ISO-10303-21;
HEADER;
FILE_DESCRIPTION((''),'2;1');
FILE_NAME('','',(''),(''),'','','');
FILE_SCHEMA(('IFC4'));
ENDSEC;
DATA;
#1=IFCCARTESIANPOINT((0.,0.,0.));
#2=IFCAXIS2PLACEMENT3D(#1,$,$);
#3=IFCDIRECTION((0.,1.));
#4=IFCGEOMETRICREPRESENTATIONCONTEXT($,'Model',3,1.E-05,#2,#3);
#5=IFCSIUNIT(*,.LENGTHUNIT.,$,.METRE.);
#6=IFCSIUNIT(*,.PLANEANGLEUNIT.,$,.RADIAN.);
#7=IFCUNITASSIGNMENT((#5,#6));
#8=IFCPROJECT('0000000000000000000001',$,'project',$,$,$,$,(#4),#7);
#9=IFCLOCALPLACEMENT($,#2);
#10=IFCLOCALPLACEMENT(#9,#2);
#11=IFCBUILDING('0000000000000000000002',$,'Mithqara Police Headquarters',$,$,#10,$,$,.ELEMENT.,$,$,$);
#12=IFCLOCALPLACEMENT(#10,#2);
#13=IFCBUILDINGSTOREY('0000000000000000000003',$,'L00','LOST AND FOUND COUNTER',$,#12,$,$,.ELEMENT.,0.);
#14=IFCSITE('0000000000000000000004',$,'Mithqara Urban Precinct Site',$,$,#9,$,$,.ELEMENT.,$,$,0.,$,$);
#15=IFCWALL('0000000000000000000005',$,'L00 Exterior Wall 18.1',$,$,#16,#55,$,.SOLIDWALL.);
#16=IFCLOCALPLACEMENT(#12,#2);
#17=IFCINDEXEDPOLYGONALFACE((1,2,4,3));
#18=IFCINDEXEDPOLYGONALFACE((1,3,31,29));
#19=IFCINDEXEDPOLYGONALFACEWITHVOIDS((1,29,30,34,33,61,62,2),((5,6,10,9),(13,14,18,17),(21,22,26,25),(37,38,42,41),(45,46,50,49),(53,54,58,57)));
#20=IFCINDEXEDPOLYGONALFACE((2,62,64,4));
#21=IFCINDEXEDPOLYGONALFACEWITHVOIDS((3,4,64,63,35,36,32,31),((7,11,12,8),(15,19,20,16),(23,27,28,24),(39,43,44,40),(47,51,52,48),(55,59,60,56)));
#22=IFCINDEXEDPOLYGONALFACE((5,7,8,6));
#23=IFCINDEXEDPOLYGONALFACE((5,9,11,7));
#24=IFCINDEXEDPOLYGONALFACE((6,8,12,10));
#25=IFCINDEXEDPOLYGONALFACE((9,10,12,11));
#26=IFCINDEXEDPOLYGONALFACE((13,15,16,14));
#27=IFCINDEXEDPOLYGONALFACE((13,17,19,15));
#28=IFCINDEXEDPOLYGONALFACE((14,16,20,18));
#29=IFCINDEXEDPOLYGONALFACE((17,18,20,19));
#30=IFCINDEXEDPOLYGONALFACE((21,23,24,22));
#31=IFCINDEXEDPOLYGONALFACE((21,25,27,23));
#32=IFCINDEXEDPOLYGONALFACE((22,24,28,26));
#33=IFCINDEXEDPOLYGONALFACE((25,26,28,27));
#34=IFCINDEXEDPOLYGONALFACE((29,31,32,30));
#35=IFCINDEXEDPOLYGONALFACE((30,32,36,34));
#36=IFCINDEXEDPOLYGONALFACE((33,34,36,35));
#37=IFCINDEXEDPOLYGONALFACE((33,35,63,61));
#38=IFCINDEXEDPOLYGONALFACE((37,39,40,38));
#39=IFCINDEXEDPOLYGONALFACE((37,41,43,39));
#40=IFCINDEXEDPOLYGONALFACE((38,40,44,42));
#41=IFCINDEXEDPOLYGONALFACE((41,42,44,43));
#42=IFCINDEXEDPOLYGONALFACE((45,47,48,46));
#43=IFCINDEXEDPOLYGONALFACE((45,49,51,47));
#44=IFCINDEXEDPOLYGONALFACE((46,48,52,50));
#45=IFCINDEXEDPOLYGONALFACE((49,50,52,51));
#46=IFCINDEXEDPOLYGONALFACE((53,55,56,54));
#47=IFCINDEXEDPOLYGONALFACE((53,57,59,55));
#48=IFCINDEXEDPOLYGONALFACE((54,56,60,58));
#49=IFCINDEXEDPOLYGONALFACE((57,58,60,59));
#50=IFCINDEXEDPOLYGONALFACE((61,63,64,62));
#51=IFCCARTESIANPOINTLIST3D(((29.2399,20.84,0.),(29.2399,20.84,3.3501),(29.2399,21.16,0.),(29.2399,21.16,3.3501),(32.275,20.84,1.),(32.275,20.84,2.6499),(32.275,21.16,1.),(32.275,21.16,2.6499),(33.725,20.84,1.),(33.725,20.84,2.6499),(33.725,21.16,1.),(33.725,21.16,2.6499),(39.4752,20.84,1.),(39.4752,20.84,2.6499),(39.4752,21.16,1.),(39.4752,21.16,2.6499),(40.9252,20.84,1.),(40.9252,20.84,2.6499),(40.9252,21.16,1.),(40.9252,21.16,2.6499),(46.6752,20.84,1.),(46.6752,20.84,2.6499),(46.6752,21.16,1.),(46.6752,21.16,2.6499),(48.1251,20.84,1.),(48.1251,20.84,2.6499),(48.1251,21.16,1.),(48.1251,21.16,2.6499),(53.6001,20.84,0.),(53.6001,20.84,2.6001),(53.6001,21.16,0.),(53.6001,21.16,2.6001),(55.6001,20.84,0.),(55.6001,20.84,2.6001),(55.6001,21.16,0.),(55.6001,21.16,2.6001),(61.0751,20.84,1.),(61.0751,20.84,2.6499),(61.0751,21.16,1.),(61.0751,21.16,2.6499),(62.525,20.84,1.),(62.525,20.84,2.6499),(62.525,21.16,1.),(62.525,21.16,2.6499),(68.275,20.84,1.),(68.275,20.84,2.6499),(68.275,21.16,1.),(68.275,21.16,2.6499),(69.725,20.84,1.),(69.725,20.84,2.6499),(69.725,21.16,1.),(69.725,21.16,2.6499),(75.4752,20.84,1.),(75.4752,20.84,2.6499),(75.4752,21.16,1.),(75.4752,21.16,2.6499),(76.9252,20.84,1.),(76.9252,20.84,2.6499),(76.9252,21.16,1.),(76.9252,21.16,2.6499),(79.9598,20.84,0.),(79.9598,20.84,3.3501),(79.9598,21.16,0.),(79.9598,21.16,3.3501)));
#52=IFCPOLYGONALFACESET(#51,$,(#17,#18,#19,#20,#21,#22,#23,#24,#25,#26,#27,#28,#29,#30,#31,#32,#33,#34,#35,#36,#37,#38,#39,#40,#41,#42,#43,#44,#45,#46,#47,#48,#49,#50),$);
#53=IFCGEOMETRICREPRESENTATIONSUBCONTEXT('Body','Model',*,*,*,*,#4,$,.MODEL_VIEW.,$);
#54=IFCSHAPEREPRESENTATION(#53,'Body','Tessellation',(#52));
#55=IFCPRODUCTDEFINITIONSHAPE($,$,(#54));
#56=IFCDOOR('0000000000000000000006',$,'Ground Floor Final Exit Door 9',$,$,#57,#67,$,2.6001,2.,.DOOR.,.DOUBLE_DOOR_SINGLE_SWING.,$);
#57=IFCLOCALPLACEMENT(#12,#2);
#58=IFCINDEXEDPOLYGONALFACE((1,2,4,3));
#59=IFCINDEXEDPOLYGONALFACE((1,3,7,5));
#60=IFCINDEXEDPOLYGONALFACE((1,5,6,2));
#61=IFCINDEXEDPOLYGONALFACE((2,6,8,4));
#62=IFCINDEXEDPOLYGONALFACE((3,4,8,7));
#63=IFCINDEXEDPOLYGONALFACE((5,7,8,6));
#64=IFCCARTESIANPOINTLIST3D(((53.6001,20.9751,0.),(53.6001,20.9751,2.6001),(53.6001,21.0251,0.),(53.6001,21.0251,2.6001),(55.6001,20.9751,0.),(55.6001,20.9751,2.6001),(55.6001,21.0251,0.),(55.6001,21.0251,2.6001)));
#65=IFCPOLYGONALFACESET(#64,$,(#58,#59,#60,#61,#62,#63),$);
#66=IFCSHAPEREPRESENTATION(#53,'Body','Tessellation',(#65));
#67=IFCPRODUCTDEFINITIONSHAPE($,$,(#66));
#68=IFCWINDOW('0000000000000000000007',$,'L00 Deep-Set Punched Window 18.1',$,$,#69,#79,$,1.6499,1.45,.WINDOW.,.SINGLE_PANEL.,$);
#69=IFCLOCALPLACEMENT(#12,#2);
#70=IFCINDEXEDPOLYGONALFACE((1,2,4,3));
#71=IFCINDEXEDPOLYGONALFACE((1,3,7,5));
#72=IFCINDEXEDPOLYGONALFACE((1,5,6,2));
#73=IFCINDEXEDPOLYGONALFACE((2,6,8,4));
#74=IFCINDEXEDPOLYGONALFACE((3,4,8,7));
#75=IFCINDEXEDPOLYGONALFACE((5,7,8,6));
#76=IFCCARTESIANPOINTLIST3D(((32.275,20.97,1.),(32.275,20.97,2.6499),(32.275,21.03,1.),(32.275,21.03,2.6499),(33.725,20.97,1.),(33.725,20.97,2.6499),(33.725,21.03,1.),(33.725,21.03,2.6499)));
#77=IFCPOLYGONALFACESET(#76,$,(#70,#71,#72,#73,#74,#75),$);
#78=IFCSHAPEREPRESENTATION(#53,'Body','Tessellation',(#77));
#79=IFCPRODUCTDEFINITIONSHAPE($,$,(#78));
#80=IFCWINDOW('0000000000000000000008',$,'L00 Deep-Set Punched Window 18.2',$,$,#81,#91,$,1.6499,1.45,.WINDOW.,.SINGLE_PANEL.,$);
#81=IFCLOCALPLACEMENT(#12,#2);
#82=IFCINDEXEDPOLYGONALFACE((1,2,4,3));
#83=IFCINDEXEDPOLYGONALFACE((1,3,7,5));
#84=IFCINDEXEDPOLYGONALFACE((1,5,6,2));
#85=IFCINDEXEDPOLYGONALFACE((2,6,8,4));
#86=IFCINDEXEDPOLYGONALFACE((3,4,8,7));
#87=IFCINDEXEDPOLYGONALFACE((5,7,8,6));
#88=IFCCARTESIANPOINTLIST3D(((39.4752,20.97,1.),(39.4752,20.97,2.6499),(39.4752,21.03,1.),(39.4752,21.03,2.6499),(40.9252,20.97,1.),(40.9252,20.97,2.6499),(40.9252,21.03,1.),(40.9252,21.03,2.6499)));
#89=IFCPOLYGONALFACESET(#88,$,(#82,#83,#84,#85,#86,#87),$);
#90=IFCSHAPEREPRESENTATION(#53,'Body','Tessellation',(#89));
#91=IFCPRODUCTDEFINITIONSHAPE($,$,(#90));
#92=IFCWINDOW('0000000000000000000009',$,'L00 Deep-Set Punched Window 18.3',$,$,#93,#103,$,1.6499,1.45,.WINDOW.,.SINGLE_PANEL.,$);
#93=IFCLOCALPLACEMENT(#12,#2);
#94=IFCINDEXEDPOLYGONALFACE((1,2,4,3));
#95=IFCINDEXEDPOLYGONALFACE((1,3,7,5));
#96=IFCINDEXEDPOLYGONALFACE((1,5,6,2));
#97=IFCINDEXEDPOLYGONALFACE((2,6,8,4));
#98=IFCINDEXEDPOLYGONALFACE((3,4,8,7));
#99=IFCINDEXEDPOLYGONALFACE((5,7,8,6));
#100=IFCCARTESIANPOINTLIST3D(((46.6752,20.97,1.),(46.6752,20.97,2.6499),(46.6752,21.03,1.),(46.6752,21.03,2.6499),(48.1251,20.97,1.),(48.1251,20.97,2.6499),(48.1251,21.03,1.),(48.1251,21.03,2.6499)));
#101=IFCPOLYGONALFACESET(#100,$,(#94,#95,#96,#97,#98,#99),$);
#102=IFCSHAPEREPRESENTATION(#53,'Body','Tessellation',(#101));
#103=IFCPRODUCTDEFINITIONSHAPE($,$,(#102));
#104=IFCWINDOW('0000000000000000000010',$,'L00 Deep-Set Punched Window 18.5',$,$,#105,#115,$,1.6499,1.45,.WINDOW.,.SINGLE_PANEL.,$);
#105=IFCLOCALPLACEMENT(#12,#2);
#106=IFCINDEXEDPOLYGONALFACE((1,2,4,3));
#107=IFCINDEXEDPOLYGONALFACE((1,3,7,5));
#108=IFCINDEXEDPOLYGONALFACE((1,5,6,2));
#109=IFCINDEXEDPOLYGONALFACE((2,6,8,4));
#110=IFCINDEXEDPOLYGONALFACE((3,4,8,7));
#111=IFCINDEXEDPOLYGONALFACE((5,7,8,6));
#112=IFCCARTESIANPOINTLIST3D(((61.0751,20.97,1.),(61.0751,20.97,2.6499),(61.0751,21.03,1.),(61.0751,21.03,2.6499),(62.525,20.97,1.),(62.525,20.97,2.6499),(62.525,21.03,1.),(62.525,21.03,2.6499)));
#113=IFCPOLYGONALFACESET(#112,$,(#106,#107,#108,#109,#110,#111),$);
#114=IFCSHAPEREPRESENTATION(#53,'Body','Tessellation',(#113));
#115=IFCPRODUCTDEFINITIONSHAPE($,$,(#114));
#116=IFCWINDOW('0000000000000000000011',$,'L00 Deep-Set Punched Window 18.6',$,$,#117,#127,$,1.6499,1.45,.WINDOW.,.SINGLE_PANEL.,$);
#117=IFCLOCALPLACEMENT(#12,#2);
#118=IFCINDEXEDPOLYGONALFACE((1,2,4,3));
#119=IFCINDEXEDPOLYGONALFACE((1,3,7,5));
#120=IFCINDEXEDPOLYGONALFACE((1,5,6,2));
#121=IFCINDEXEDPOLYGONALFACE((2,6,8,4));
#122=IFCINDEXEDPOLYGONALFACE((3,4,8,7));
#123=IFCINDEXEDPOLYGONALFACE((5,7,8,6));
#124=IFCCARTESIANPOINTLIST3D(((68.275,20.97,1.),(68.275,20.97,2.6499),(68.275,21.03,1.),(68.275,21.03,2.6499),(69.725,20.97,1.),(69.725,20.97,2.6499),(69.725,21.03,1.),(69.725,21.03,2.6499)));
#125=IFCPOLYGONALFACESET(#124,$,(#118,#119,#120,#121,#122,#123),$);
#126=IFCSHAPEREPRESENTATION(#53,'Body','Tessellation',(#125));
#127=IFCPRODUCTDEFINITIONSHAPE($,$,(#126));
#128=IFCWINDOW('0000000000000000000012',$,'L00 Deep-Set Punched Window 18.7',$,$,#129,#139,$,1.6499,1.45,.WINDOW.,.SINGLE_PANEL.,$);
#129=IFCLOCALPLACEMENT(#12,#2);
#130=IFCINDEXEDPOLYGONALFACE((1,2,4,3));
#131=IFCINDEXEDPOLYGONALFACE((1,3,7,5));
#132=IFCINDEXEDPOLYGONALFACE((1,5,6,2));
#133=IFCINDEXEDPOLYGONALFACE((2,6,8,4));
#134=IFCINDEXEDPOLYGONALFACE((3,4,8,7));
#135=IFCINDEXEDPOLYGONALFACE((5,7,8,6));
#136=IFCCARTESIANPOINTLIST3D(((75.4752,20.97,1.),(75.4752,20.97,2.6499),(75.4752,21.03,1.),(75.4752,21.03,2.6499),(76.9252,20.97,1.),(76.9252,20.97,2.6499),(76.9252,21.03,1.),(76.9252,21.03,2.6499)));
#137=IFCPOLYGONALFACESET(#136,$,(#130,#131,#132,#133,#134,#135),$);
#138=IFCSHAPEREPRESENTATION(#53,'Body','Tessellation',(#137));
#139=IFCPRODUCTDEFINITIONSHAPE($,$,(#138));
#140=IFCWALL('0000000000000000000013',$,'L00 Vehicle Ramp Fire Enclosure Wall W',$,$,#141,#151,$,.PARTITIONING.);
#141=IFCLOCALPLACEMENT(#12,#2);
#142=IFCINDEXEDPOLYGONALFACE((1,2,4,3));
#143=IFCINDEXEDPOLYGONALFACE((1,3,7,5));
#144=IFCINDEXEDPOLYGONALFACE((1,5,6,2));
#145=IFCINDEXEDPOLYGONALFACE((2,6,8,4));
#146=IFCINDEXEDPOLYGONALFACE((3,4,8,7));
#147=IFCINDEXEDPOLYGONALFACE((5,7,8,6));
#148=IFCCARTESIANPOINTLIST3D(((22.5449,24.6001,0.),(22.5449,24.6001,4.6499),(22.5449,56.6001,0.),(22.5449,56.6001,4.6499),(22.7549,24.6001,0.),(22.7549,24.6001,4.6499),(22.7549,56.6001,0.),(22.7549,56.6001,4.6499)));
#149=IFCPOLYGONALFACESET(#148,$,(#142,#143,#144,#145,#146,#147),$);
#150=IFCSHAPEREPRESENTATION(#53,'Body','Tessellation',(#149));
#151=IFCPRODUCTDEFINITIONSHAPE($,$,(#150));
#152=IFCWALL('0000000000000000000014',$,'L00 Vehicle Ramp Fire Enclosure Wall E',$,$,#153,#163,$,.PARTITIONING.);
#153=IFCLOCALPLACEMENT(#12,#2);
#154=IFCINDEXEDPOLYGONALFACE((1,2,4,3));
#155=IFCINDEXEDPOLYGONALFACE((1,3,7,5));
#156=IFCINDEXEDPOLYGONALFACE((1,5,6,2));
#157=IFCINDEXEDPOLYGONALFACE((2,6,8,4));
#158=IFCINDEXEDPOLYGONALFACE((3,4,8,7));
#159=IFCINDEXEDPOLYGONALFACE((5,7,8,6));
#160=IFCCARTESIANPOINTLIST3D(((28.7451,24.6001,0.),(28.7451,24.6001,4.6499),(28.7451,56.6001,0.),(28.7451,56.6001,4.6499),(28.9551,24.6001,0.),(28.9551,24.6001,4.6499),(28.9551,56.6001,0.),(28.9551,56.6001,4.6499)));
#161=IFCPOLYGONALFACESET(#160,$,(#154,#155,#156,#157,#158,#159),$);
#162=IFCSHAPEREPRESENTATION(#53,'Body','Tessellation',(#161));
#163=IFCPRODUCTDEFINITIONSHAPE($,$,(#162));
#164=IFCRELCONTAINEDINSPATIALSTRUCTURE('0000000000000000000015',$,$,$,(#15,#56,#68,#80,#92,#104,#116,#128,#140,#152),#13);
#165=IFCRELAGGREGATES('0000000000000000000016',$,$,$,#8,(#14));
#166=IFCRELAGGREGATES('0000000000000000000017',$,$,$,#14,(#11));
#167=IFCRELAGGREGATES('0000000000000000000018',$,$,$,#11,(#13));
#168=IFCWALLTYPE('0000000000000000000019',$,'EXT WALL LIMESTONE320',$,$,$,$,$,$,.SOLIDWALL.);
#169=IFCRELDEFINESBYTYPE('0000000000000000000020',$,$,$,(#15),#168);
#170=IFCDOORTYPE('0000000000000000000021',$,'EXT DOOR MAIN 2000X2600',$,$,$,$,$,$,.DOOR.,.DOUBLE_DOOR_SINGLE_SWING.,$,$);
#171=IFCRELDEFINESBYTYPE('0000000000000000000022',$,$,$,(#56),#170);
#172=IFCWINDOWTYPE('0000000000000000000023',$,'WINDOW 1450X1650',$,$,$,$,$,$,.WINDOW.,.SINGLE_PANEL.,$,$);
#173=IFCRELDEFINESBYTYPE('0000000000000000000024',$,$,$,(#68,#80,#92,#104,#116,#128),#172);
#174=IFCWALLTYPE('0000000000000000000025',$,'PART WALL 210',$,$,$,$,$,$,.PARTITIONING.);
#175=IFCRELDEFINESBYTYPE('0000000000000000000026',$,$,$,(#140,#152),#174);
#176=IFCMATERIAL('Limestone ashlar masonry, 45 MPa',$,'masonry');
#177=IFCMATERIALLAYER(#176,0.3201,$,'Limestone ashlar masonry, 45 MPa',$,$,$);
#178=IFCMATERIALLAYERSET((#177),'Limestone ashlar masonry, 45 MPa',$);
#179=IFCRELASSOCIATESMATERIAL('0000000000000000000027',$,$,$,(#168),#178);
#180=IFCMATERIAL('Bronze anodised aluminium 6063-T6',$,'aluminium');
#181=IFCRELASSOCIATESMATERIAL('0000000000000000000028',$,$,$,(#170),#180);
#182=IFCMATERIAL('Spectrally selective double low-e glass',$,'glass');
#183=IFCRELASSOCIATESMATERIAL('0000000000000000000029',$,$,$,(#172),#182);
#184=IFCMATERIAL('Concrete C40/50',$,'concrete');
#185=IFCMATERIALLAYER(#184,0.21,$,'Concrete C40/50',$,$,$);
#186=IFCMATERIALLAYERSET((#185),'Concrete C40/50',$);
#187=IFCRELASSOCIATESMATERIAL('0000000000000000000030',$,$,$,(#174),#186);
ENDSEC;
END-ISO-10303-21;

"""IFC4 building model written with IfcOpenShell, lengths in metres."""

from ifc_helpers import new_model, si_unit, direction, frame, frame_2d, origin, place, context, subcontext, project, spatial, rectangle, extrude, material, layer, layer_set, type_object, element, fill, save


model = new_model("IFC4")

# Units and contexts
model_context = context("Model", 3, precision=1e-05, world=origin(), true_north=direction((0.0, 1.0)))
body_context = subcontext(model_context, "Body", "Model", "MODEL_VIEW")
ifc_project = project(units=[si_unit("LENGTHUNIT", "METRE"), si_unit("PLANEANGLEUNIT", "RADIAN")], contexts=[model_context])

# Site, building, storey
site_placement = place(None, origin())
site = spatial("IfcSite", under=ifc_project, at=site_placement, Name="Mithqara Urban Precinct Site", CompositionType="ELEMENT", RefElevation=0.0)
building_placement = place(site_placement, origin())
building = spatial("IfcBuilding", under=site, at=building_placement, Name="Mithqara Police Headquarters", CompositionType="ELEMENT")
storey_placement = place(building_placement, origin())
storey = spatial("IfcBuildingStorey", under=building, at=storey_placement, Name="L00", Description="LOST AND FOUND COUNTER", CompositionType="ELEMENT", Elevation=0.0)

# Shared definitions
ifc_material_1 = material(Name="Concrete C40/50", Category="concrete")

# Wall, openings, door, windows
ifc_material_2 = material(Name="Limestone ashlar masonry, 45 MPa", Category="masonry")
ifc_layer_1 = layer(ifc_material_2, 0.3201, Name="Limestone ashlar masonry, 45 MPa")
ifc_layer_set_1 = layer_set([ifc_layer_1], Name="Limestone ashlar masonry, 45 MPa")
wall_type_1 = type_object("IfcWallType", Name="EXT WALL LIMESTONE320", PredefinedType="SOLIDWALL", material=ifc_layer_set_1)
wall_1_placement = place(storey_placement, frame((29.24, 21.0, 0.0), z_axis=(0.0, 0.0, 1.0), x_axis=(1.0, 0.0, 0.0)))
wall_1 = element("IfcWall", 1, at=wall_1_placement, inside=storey, type_object=wall_type_1, Name="L00 Exterior Wall 18.1", PredefinedType="SOLIDWALL", context=body_context, shape_type="SweptSolid", body=[
    extrude(rectangle(XDim=50.72, YDim=0.3201, at=frame_2d((25.3599, 0.0))), origin(), (0.0, 0.0, 1.0), 3.3501),
])
opening_1_placement = place(wall_1_placement, frame((24.3601, 0.0, 0.0)))
opening_1 = element("IfcOpeningElement", 2, at=opening_1_placement, cuts=wall_1, PredefinedType="OPENING", context=body_context, shape_type="SweptSolid", body=[
    extrude(rectangle(XDim=2.0, YDim=2.6001, at=frame_2d((1.0, 1.3))), frame((0.0, 0.1699, 0.0), z_axis=(0.0, -1.0, 0.0), x_axis=(1.0, 0.0, 0.0)), (0.0, 0.0, 1.0), 0.3401),
])
opening_2_placement = place(wall_1_placement, frame((3.0349, 0.0, 1.0)))
opening_2 = element("IfcOpeningElement", 3, at=opening_2_placement, cuts=wall_1, PredefinedType="OPENING", context=body_context, shape_type="SweptSolid", body=[
    extrude(rectangle(XDim=1.45, YDim=1.6499, at=frame_2d((0.7251, 0.825))), frame((0.0, 0.1699, 0.0), z_axis=(0.0, -1.0, 0.0), x_axis=(1.0, 0.0, 0.0)), (0.0, 0.0, 1.0), 0.3401),
])
opening_3_placement = place(wall_1_placement, frame((10.2351, 0.0, 1.0)))
opening_3 = element("IfcOpeningElement", 4, at=opening_3_placement, cuts=wall_1, PredefinedType="OPENING", context=body_context, shape_type="SweptSolid", body=[
    extrude(rectangle(XDim=1.45, YDim=1.6499, at=frame_2d((0.7251, 0.825))), frame((0.0, 0.1699, 0.0), z_axis=(0.0, -1.0, 0.0), x_axis=(1.0, 0.0, 0.0)), (0.0, 0.0, 1.0), 0.3401),
])
opening_4_placement = place(wall_1_placement, frame((17.4351, 0.0, 1.0)))
opening_4 = element("IfcOpeningElement", 5, at=opening_4_placement, cuts=wall_1, PredefinedType="OPENING", context=body_context, shape_type="SweptSolid", body=[
    extrude(rectangle(XDim=1.45, YDim=1.6499, at=frame_2d((0.7251, 0.825))), frame((0.0, 0.1699, 0.0), z_axis=(0.0, -1.0, 0.0), x_axis=(1.0, 0.0, 0.0)), (0.0, 0.0, 1.0), 0.3401),
])
opening_5_placement = place(wall_1_placement, frame((31.835, 0.0, 1.0)))
opening_5 = element("IfcOpeningElement", 6, at=opening_5_placement, cuts=wall_1, PredefinedType="OPENING", context=body_context, shape_type="SweptSolid", body=[
    extrude(rectangle(XDim=1.45, YDim=1.6499, at=frame_2d((0.7251, 0.825))), frame((0.0, 0.1699, 0.0), z_axis=(0.0, -1.0, 0.0), x_axis=(1.0, 0.0, 0.0)), (0.0, 0.0, 1.0), 0.3401),
])
opening_6_placement = place(wall_1_placement, frame((39.0349, 0.0, 1.0)))
opening_6 = element("IfcOpeningElement", 7, at=opening_6_placement, cuts=wall_1, PredefinedType="OPENING", context=body_context, shape_type="SweptSolid", body=[
    extrude(rectangle(XDim=1.45, YDim=1.6499, at=frame_2d((0.7251, 0.825))), frame((0.0, 0.1699, 0.0), z_axis=(0.0, -1.0, 0.0), x_axis=(1.0, 0.0, 0.0)), (0.0, 0.0, 1.0), 0.3401),
])
opening_7_placement = place(wall_1_placement, frame((46.2351, 0.0, 1.0)))
opening_7 = element("IfcOpeningElement", 8, at=opening_7_placement, cuts=wall_1, PredefinedType="OPENING", context=body_context, shape_type="SweptSolid", body=[
    extrude(rectangle(XDim=1.45, YDim=1.6499, at=frame_2d((0.7251, 0.825))), frame((0.0, 0.1699, 0.0), z_axis=(0.0, -1.0, 0.0), x_axis=(1.0, 0.0, 0.0)), (0.0, 0.0, 1.0), 0.3401),
])
ifc_material_3 = material(Name="Bronze anodised aluminium 6063-T6", Category="aluminium")
door_type = type_object("IfcDoorType", Name="EXT DOOR MAIN 2000X2600", OperationType="DOUBLE_DOOR_SINGLE_SWING", PredefinedType="DOOR", material=ifc_material_3)
door_placement = place(opening_1_placement, frame((2.0, 0.0, 0.0), z_axis=(0.0, 0.0, 1.0), x_axis=(-1.0, 0.0, 0.0)))
door = element("IfcDoor", 9, at=door_placement, inside=storey, type_object=door_type, Name="Ground Floor Final Exit Door 9", OperationType="DOUBLE_DOOR_SINGLE_SWING", OverallHeight=2.6001, OverallWidth=2.0, PredefinedType="DOOR", context=body_context, shape_type="SweptSolid", body=[
    extrude(rectangle(XDim=2.0, YDim=2.6001, at=frame_2d((1.0, 1.3))), frame((0.0, 0.0249, 0.0), z_axis=(0.0, -1.0, 0.0), x_axis=(1.0, 0.0, 0.0)), (0.0, 0.0, 1.0), 0.05),
])
fill(opening_1, door)
ifc_material_4 = material(Name="Spectrally selective double low-e glass", Category="glass")
window_type = type_object("IfcWindowType", Name="WINDOW 1450X1650", PartitioningType="SINGLE_PANEL", PredefinedType="WINDOW", material=ifc_material_4)
window_1_placement = place(opening_2_placement, origin())
window_1 = element("IfcWindow", 10, at=window_1_placement, inside=storey, type_object=window_type, Name="L00 Deep-Set Punched Window 18.1", OverallHeight=1.6499, OverallWidth=1.45, PartitioningType="SINGLE_PANEL", PredefinedType="WINDOW", context=body_context, shape_type="SweptSolid", body=[
    extrude(rectangle(XDim=1.45, YDim=1.6499, at=frame_2d((0.7251, 0.825))), frame((0.0, 0.03, 0.0), z_axis=(0.0, -1.0, 0.0), x_axis=(1.0, 0.0, 0.0)), (0.0, 0.0, 1.0), 0.0601),
])
fill(opening_2, window_1)
window_2_placement = place(opening_3_placement, origin())
window_2 = element("IfcWindow", 11, at=window_2_placement, inside=storey, type_object=window_type, Name="L00 Deep-Set Punched Window 18.2", OverallHeight=1.6499, OverallWidth=1.45, PartitioningType="SINGLE_PANEL", PredefinedType="WINDOW", context=body_context, shape_type="SweptSolid", body=[
    extrude(rectangle(XDim=1.45, YDim=1.6499, at=frame_2d((0.7251, 0.825))), frame((0.0, 0.03, 0.0), z_axis=(0.0, -1.0, 0.0), x_axis=(1.0, 0.0, 0.0)), (0.0, 0.0, 1.0), 0.0601),
])
fill(opening_3, window_2)
window_3_placement = place(opening_4_placement, origin())
window_3 = element("IfcWindow", 12, at=window_3_placement, inside=storey, type_object=window_type, Name="L00 Deep-Set Punched Window 18.3", OverallHeight=1.6499, OverallWidth=1.45, PartitioningType="SINGLE_PANEL", PredefinedType="WINDOW", context=body_context, shape_type="SweptSolid", body=[
    extrude(rectangle(XDim=1.45, YDim=1.6499, at=frame_2d((0.7251, 0.825))), frame((0.0, 0.03, 0.0), z_axis=(0.0, -1.0, 0.0), x_axis=(1.0, 0.0, 0.0)), (0.0, 0.0, 1.0), 0.0601),
])
fill(opening_4, window_3)
window_4_placement = place(opening_5_placement, origin())
window_4 = element("IfcWindow", 13, at=window_4_placement, inside=storey, type_object=window_type, Name="L00 Deep-Set Punched Window 18.5", OverallHeight=1.6499, OverallWidth=1.45, PartitioningType="SINGLE_PANEL", PredefinedType="WINDOW", context=body_context, shape_type="SweptSolid", body=[
    extrude(rectangle(XDim=1.45, YDim=1.6499, at=frame_2d((0.7251, 0.825))), frame((0.0, 0.03, 0.0), z_axis=(0.0, -1.0, 0.0), x_axis=(1.0, 0.0, 0.0)), (0.0, 0.0, 1.0), 0.0601),
])
fill(opening_5, window_4)
window_5_placement = place(opening_6_placement, origin())
window_5 = element("IfcWindow", 14, at=window_5_placement, inside=storey, type_object=window_type, Name="L00 Deep-Set Punched Window 18.6", OverallHeight=1.6499, OverallWidth=1.45, PartitioningType="SINGLE_PANEL", PredefinedType="WINDOW", context=body_context, shape_type="SweptSolid", body=[
    extrude(rectangle(XDim=1.45, YDim=1.6499, at=frame_2d((0.7251, 0.825))), frame((0.0, 0.03, 0.0), z_axis=(0.0, -1.0, 0.0), x_axis=(1.0, 0.0, 0.0)), (0.0, 0.0, 1.0), 0.0601),
])
fill(opening_6, window_5)
window_6_placement = place(opening_7_placement, origin())
window_6 = element("IfcWindow", 15, at=window_6_placement, inside=storey, type_object=window_type, Name="L00 Deep-Set Punched Window 18.7", OverallHeight=1.6499, OverallWidth=1.45, PartitioningType="SINGLE_PANEL", PredefinedType="WINDOW", context=body_context, shape_type="SweptSolid", body=[
    extrude(rectangle(XDim=1.45, YDim=1.6499, at=frame_2d((0.7251, 0.825))), frame((0.0, 0.03, 0.0), z_axis=(0.0, -1.0, 0.0), x_axis=(1.0, 0.0, 0.0)), (0.0, 0.0, 1.0), 0.0601),
])
fill(opening_7, window_6)

# Walls
ifc_layer_2 = layer(ifc_material_1, 0.21, Name="Concrete C40/50")
ifc_layer_set_2 = layer_set([ifc_layer_2], Name="Concrete C40/50")
wall_type_2 = type_object("IfcWallType", Name="PART WALL 210", PredefinedType="PARTITIONING", material=ifc_layer_set_2)
for number, where, z_axis, x_axis, name in (
    (16, (22.6499, 24.6001, 0.0), (0.0, 0.0, 1.0), (0.0, 1.0, 0.0), "L00 Vehicle Ramp Fire Enclosure Wall W"),
    (17, (28.8501, 24.6001, 0.0), (0.0, 0.0, 1.0), (0.0, 1.0, 0.0), "L00 Vehicle Ramp Fire Enclosure Wall E"),
):
    element("IfcWall", number, at=place(storey_placement, frame(where, z_axis=z_axis, x_axis=x_axis)), inside=storey, type_object=wall_type_2, Name=name, PredefinedType="PARTITIONING", context=body_context, shape_type="SweptSolid", body=[
        extrude(rectangle(XDim=32.0, YDim=0.21, at=frame_2d((16.0, 0.0))), origin(), (0.0, 0.0, 1.0), 4.6499),
    ])

save(model, "model.ifc")
